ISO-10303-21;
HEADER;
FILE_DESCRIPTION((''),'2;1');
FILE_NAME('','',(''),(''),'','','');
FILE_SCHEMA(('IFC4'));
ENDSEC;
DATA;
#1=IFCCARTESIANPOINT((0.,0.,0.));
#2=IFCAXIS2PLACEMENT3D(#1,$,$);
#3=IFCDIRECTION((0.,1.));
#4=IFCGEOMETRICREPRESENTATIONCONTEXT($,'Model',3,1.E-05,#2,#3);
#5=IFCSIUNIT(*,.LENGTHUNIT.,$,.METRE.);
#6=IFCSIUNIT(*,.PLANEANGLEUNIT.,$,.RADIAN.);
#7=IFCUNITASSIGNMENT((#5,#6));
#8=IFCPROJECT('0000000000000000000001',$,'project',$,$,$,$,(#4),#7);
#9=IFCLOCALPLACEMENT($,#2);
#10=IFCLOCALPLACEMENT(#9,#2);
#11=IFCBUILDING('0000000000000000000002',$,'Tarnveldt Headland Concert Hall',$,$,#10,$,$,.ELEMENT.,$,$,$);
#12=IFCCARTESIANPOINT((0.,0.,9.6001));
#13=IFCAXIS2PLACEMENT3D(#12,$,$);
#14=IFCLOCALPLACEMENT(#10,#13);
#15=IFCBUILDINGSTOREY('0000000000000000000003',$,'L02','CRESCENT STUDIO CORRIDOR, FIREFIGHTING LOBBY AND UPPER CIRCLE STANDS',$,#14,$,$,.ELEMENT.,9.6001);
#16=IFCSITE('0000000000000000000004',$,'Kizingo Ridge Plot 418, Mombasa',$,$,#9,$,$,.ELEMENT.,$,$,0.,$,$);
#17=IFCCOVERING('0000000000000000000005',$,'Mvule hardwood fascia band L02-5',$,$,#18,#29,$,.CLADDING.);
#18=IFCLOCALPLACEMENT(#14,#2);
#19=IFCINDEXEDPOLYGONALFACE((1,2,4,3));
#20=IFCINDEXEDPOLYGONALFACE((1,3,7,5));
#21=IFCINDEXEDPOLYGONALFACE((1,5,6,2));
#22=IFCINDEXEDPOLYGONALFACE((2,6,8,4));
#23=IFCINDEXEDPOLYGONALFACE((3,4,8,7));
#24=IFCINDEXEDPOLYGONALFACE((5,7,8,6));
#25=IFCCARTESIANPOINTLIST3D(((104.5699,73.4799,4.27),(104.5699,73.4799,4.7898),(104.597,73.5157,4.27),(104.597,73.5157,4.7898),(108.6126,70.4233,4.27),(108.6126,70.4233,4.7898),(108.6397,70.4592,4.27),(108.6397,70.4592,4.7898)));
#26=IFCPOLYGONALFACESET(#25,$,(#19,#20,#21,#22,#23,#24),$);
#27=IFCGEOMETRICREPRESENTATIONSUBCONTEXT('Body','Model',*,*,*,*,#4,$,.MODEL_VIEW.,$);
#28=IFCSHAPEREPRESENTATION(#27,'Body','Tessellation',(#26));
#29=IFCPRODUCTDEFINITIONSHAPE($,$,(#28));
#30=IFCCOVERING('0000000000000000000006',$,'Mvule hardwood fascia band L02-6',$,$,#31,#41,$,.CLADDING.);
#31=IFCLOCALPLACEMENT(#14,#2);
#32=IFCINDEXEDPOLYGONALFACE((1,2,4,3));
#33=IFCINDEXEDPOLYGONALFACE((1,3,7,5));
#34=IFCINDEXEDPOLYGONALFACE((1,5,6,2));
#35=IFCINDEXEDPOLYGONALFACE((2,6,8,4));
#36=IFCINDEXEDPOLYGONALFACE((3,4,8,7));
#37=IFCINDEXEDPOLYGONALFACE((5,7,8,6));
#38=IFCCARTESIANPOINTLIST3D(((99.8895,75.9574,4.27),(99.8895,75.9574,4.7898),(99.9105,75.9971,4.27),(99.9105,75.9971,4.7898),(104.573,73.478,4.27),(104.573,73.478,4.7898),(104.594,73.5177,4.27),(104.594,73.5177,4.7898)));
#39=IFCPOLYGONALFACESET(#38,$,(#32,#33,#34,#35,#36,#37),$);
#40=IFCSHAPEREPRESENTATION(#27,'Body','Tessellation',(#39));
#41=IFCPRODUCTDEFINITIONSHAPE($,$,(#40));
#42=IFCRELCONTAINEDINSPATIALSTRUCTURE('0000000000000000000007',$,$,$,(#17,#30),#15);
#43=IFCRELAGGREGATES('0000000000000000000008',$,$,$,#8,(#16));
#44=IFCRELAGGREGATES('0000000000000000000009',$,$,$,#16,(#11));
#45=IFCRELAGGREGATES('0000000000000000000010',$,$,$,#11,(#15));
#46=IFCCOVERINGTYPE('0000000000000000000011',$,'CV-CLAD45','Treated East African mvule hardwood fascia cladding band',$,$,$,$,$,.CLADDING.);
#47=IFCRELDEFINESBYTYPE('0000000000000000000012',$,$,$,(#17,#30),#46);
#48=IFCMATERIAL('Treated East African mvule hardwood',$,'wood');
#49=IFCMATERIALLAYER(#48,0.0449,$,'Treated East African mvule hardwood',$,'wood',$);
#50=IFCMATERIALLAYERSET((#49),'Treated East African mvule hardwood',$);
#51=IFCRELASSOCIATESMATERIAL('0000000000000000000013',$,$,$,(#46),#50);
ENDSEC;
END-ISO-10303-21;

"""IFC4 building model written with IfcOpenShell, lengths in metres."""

from ifc_helpers import new_model, si_unit, direction, frame, frame_2d, origin, place, context, subcontext, project, spatial, rectangle, extrude, material, layer, layer_set, type_object, element, save


model = new_model("IFC4")

# Units and contexts
model_context = context("Model", 3, precision=1e-05, world=origin(), true_north=direction((0.0, 1.0)))
body_context = subcontext(model_context, "Body", "Model", "MODEL_VIEW")
ifc_project = project(units=[si_unit("LENGTHUNIT", "METRE"), si_unit("PLANEANGLEUNIT", "RADIAN")], contexts=[model_context])

# Site, building, storey
site_placement = place(None, origin())
site = spatial("IfcSite", under=ifc_project, at=site_placement, Name="Kizingo Ridge Plot 418, Mombasa", CompositionType="ELEMENT", RefElevation=0.0)
building_placement = place(site_placement, origin())
building = spatial("IfcBuilding", under=site, at=building_placement, Name="Tarnveldt Headland Concert Hall", CompositionType="ELEMENT")
storey_placement = place(building_placement, frame((0.0, 0.0, 9.6001)))
storey = spatial("IfcBuildingStorey", under=building, at=storey_placement, Name="L02", Description="CRESCENT STUDIO CORRIDOR, FIREFIGHTING LOBBY AND UPPER CIRCLE STANDS", CompositionType="ELEMENT", Elevation=9.6001)

# Coverings
ifc_material_1 = material(Name="Treated East African mvule hardwood", Category="wood")
ifc_layer_1 = layer(ifc_material_1, 0.0449, Name="Treated East African mvule hardwood", Category="wood")
ifc_layer_set_1 = layer_set([ifc_layer_1], Name="Treated East African mvule hardwood")
covering_type = type_object("IfcCoveringType", Name="CV-CLAD45", Description="Treated East African mvule hardwood fascia cladding band", PredefinedType="CLADDING", material=ifc_layer_set_1)
covering_1_placement = place(storey_placement, frame((108.6262, 70.4412, 4.27), z_axis=(0.0, 0.0, 1.0), x_axis=(-0.797664, 0.603102, 0.0)))
element("IfcCovering", 1, at=covering_1_placement, inside=storey, type_object=covering_type, Name="Mvule hardwood fascia band L02-5", PredefinedType="CLADDING", context=body_context, shape_type="SweptSolid", body=[
    extrude(rectangle(XDim=5.0681, YDim=0.0449, at=frame_2d((2.5342, 0.0))), origin(), (0.0, 0.0, 1.0), 0.5198),
])
covering_2_placement = place(storey_placement, frame((104.5835, 73.4978, 4.27), z_axis=(0.0, 0.0, 1.0), x_axis=(-0.883792, 0.467879, 0.0)))
element("IfcCovering", 2, at=covering_2_placement, inside=storey, type_object=covering_type, Name="Mvule hardwood fascia band L02-6", PredefinedType="CLADDING", context=body_context, shape_type="SweptSolid", body=[
    extrude(rectangle(XDim=5.2993, YDim=0.0449, at=frame_2d((2.6497, 0.0))), origin(), (0.0, 0.0, 1.0), 0.5198),
])

save(model, "model.ifc")
